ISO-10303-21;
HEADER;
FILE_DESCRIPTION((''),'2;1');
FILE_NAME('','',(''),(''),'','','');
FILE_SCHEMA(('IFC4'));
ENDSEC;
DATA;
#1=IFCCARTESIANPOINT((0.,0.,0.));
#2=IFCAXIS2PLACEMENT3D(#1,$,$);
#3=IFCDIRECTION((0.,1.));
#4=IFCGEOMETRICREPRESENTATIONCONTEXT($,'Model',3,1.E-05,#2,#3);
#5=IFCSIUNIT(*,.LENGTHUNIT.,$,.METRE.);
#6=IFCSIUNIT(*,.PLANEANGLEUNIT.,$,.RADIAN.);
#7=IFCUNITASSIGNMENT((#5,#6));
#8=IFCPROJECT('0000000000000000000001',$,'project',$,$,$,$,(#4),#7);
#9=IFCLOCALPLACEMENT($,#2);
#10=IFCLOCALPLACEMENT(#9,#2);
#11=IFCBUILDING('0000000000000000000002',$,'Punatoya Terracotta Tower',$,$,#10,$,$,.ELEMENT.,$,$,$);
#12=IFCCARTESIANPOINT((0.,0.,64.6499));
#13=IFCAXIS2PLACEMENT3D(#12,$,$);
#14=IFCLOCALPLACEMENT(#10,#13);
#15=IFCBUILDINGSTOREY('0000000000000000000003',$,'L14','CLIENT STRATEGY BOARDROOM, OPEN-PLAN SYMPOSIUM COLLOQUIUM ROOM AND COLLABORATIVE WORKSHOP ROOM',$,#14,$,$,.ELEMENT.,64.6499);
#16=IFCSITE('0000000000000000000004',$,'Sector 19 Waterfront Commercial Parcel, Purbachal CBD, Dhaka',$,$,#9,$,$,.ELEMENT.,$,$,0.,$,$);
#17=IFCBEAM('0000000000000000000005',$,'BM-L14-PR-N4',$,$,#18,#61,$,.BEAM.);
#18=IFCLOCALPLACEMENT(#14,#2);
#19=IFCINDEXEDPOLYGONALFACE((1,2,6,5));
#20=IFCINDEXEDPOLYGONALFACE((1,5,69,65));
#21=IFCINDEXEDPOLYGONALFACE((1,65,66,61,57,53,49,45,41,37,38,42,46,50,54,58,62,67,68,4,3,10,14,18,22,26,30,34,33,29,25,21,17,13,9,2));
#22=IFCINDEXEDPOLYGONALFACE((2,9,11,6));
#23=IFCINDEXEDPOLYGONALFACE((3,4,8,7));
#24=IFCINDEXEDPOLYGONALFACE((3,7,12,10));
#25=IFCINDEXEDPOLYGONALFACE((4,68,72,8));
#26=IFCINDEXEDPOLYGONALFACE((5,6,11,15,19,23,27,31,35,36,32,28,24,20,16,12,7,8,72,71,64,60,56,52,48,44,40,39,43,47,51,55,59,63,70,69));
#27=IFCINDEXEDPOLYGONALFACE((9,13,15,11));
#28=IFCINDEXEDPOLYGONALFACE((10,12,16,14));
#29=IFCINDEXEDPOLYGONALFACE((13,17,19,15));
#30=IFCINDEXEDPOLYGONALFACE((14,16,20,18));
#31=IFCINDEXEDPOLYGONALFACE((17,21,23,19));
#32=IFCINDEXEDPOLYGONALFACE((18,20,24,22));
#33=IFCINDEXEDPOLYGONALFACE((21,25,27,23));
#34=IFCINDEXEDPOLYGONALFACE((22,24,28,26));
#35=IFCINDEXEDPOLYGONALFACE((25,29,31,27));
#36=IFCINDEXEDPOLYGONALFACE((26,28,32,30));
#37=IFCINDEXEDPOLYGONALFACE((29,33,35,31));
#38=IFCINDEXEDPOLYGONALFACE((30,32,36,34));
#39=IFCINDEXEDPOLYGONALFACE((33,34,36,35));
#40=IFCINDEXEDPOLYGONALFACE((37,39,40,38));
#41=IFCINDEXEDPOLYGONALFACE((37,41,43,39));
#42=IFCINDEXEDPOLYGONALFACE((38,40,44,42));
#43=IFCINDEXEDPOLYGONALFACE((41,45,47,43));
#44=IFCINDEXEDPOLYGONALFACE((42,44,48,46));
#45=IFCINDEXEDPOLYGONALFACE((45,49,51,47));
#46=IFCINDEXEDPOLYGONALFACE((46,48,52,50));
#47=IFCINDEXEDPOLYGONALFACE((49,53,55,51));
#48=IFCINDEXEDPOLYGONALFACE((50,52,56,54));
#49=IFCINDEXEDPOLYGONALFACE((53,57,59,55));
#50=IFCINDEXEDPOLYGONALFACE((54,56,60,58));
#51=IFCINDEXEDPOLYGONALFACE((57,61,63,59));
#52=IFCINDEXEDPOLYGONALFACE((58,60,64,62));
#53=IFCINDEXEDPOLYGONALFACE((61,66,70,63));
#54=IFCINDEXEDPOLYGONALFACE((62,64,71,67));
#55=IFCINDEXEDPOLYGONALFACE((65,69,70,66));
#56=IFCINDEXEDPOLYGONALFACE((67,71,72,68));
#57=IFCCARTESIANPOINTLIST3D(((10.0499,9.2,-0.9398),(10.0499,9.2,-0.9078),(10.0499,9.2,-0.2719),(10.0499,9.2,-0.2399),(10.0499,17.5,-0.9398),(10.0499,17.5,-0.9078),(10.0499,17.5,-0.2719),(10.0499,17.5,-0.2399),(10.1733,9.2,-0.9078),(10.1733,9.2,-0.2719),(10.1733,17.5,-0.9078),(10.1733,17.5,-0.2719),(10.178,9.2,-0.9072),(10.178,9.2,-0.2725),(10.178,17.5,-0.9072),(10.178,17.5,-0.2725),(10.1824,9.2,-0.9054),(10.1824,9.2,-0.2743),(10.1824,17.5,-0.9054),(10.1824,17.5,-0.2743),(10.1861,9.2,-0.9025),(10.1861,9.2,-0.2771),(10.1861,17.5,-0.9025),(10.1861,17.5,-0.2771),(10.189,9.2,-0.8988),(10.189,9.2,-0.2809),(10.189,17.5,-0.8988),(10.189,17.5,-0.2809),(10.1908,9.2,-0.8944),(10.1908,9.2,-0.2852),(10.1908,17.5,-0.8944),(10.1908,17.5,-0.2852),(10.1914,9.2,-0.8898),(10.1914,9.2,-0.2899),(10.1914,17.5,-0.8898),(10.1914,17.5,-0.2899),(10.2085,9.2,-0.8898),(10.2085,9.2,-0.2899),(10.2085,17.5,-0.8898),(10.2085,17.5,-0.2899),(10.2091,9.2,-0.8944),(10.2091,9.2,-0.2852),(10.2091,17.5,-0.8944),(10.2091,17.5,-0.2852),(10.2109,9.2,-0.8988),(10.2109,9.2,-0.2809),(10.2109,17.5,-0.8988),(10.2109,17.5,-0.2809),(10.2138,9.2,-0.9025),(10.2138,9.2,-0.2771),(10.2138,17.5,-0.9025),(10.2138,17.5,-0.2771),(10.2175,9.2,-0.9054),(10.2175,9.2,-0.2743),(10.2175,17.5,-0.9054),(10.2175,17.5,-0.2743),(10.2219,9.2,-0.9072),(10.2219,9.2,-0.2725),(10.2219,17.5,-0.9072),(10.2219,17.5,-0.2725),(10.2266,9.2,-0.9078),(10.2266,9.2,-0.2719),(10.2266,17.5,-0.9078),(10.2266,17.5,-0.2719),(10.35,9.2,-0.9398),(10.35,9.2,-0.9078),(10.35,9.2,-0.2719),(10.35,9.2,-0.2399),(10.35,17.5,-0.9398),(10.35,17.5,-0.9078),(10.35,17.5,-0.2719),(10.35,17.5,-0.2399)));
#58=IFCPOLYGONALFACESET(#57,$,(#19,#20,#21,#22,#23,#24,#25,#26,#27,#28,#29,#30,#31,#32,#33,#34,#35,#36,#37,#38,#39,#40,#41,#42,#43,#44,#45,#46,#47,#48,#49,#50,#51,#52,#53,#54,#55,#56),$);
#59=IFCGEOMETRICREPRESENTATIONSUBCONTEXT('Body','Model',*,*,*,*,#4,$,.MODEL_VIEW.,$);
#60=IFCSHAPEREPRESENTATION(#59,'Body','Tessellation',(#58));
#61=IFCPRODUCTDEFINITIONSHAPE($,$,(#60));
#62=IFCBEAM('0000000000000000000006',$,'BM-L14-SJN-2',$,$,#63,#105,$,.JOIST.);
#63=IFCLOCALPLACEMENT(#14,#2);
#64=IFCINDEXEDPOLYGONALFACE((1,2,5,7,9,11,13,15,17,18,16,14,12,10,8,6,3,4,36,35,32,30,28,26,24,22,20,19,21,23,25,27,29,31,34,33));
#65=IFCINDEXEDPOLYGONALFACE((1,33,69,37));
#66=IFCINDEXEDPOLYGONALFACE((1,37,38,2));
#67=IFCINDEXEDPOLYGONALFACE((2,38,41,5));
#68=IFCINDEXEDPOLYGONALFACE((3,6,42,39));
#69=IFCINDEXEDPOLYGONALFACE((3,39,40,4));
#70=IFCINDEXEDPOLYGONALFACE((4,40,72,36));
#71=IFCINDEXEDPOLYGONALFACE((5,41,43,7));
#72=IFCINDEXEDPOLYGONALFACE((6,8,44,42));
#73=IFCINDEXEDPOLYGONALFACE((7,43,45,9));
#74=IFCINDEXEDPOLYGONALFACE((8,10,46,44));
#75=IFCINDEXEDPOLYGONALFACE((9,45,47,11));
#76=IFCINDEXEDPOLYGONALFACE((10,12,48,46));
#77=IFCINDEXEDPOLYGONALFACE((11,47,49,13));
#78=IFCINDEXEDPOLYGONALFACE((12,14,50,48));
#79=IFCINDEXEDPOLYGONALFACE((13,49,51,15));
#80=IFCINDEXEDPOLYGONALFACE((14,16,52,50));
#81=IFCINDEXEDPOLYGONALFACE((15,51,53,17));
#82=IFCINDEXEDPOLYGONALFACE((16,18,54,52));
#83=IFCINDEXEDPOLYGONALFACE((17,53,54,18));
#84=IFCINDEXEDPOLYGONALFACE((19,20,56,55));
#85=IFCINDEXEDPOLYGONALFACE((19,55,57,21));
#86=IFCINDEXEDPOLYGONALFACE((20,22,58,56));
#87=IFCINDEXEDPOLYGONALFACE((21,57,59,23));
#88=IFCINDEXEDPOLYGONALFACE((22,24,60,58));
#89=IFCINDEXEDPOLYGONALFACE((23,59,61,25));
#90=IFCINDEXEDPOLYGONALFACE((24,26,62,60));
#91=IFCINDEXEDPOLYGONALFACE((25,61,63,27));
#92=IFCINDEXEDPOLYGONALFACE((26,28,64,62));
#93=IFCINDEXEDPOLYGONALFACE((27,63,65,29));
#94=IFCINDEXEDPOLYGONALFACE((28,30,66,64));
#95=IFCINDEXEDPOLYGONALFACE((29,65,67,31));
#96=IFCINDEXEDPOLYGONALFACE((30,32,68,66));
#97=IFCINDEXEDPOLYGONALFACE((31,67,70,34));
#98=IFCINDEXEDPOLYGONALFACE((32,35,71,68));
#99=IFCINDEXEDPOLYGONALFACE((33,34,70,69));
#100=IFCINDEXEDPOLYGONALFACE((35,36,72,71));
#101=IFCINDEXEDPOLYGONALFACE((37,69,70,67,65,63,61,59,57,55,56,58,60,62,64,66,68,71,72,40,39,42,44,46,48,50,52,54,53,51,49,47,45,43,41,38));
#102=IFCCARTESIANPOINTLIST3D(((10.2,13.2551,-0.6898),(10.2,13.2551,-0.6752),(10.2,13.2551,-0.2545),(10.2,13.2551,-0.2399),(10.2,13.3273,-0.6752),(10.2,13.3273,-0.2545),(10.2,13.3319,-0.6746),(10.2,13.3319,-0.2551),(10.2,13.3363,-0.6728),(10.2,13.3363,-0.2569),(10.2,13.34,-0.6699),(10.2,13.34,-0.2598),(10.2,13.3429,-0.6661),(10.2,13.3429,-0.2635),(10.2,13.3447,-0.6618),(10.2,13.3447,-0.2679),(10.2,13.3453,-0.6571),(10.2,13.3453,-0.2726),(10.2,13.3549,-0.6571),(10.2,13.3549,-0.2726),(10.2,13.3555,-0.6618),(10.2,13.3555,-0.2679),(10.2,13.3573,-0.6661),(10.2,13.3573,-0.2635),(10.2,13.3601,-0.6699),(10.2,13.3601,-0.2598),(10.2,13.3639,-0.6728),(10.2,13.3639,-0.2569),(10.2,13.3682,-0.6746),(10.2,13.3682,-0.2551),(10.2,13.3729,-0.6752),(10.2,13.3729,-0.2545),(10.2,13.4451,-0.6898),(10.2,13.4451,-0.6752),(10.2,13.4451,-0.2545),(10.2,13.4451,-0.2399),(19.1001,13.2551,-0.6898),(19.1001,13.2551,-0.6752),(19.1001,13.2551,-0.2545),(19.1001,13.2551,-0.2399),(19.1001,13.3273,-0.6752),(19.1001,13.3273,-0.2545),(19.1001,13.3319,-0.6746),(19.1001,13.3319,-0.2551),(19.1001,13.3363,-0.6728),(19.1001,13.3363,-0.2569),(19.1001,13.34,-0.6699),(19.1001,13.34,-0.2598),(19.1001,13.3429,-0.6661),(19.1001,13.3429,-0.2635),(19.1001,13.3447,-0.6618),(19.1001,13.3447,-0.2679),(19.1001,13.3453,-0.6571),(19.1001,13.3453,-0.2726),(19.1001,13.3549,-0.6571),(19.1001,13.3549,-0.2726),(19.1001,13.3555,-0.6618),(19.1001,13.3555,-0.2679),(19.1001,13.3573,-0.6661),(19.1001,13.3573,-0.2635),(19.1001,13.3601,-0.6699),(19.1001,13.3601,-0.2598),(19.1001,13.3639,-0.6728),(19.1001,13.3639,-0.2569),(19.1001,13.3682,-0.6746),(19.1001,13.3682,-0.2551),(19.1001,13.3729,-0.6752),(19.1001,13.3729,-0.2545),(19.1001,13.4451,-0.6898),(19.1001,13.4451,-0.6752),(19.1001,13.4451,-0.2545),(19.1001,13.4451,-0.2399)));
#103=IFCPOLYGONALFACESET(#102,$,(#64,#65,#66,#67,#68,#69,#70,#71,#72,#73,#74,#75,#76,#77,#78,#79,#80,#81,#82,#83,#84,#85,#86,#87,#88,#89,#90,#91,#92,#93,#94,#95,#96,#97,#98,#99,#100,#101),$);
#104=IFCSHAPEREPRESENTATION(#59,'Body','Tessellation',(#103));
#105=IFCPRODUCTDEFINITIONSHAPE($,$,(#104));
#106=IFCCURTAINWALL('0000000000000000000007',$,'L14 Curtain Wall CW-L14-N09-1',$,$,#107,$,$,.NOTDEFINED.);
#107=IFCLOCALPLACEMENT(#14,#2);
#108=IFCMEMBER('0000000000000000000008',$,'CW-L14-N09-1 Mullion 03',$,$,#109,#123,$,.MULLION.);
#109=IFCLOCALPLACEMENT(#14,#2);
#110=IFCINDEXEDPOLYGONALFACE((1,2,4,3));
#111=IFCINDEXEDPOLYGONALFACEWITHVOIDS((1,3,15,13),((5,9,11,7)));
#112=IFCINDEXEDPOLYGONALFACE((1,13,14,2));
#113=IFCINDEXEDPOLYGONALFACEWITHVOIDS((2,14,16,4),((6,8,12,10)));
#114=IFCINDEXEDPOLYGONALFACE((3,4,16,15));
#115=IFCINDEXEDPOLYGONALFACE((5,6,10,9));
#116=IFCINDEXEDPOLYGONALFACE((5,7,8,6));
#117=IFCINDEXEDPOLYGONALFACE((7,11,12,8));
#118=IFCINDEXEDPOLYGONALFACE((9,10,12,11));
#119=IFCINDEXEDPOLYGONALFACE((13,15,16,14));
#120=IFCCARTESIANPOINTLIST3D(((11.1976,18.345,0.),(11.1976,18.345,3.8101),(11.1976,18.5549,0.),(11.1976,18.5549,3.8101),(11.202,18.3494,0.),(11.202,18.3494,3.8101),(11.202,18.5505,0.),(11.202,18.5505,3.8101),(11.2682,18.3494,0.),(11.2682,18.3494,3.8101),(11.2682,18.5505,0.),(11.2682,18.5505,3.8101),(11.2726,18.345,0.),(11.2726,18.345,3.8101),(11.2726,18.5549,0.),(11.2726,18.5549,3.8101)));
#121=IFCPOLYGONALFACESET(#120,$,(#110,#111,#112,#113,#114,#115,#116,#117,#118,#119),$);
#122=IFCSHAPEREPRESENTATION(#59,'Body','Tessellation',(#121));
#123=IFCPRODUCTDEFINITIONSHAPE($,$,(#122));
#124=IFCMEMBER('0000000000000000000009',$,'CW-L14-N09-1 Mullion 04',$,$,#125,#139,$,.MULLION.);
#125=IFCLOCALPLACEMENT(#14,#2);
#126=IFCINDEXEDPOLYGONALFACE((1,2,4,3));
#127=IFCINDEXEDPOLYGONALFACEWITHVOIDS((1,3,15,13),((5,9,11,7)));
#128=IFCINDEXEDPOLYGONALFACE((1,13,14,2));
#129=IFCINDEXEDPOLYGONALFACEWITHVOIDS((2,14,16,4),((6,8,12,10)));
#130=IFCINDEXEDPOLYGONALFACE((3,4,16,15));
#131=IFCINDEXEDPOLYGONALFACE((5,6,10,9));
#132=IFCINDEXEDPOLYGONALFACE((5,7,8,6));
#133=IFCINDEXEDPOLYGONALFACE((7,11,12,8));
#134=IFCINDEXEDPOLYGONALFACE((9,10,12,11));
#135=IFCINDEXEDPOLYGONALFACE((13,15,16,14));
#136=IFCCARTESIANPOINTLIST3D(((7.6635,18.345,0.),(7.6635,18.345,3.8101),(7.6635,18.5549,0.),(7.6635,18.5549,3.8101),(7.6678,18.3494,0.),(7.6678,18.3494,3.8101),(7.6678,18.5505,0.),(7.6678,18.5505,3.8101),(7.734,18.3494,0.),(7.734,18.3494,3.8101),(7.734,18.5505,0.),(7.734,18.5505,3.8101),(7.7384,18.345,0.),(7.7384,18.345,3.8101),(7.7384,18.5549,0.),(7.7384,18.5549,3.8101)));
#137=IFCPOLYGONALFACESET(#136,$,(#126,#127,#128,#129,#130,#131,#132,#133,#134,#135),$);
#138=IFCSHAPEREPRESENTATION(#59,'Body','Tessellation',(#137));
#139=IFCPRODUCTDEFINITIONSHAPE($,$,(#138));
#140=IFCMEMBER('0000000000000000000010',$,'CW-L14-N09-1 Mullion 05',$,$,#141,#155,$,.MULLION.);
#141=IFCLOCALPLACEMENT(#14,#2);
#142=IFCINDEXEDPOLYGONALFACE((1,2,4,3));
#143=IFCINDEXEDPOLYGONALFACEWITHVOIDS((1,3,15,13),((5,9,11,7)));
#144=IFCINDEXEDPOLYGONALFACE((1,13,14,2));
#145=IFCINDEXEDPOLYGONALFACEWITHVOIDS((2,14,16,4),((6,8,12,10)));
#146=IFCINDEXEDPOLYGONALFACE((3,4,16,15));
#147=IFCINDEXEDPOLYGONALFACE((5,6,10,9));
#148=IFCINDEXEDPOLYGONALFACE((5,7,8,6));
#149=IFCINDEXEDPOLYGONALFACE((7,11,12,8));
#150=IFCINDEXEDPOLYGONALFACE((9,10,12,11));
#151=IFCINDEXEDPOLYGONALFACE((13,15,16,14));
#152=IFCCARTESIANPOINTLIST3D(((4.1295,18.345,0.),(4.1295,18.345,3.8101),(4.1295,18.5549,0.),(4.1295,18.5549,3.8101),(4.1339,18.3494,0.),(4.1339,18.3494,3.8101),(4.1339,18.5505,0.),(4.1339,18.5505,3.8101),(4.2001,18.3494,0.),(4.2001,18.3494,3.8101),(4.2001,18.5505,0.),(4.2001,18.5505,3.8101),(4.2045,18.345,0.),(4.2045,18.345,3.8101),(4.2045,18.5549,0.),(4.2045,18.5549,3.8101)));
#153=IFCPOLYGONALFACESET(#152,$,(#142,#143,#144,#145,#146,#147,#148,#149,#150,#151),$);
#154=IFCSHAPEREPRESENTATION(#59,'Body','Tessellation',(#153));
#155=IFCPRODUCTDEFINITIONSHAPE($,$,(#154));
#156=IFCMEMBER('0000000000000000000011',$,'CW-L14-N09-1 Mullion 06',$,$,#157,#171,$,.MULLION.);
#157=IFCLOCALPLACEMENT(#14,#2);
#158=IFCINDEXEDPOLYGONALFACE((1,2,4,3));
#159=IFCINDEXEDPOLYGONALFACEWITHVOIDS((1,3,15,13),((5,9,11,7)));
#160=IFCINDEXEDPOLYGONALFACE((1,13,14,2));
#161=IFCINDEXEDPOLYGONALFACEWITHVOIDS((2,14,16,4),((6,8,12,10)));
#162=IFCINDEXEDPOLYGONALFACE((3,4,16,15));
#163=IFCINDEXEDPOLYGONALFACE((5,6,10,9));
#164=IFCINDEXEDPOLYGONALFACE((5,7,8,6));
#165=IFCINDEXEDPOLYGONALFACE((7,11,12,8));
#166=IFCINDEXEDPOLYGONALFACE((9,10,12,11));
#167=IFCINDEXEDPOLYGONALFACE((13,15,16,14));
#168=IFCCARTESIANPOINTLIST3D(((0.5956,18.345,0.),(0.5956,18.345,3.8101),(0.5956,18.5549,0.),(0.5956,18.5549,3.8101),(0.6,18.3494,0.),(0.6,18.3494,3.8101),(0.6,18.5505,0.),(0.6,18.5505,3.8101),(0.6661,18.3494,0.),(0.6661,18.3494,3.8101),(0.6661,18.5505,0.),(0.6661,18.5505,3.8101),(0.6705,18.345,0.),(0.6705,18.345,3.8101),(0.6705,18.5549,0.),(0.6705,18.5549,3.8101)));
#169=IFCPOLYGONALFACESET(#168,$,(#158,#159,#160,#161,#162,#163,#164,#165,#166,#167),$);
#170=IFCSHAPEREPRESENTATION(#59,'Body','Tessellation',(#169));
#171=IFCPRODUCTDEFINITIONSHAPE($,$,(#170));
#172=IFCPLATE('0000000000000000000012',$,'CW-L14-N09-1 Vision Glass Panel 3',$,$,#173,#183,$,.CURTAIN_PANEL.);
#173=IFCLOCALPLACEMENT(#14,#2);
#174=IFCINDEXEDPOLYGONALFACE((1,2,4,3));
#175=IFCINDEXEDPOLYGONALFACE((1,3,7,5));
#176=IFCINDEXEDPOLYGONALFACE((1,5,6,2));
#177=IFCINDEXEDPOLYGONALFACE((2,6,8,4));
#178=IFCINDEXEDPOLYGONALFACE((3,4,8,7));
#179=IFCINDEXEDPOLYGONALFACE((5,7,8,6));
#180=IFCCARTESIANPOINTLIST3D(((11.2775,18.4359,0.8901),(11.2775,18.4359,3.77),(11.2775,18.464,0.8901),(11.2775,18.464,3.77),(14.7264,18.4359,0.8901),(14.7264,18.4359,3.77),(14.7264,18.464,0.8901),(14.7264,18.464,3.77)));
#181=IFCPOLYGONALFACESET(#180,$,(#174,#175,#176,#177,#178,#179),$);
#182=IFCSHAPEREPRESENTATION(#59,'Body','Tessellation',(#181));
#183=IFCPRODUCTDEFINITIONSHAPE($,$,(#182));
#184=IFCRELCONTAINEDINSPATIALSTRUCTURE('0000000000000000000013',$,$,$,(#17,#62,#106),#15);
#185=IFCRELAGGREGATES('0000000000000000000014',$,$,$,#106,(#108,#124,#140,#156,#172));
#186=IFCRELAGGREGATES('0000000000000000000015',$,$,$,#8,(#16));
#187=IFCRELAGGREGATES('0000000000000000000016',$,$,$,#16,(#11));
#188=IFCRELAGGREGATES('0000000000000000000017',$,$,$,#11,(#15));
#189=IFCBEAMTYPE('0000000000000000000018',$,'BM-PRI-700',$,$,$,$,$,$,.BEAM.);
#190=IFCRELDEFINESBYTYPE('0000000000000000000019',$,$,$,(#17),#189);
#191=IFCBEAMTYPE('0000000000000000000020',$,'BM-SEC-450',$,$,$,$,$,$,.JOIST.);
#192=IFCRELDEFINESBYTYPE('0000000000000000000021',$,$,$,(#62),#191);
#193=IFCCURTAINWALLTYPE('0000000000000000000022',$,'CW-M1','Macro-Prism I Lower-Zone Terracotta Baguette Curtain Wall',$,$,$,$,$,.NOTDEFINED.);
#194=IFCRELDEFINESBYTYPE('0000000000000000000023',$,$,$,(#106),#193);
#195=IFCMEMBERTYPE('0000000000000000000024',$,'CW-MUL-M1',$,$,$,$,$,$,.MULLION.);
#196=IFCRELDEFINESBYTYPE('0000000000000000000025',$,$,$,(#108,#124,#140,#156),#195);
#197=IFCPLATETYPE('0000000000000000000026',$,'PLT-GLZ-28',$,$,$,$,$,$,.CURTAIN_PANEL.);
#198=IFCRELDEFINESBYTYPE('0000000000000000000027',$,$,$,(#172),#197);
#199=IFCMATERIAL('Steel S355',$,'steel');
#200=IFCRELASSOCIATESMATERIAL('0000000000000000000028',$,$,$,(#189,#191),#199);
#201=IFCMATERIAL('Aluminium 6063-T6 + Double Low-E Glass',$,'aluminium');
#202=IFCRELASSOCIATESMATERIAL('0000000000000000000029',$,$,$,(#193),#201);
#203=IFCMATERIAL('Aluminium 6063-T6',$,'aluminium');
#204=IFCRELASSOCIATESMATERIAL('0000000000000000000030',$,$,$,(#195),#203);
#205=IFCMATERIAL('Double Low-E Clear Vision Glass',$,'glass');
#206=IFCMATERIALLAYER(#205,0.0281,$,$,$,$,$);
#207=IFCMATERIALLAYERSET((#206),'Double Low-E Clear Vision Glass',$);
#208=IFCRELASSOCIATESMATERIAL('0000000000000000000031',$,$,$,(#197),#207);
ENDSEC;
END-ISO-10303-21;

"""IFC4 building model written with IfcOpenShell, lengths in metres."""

from ifc_helpers import new_model, si_unit, direction, frame, origin, origin_2d, place, context, subcontext, project, spatial, rectangle, hollow_rectangle, i_section, extrude, material, layer, layer_set, material_profile, profile_set, type_object, element, aggregate, save


model = new_model("IFC4")

# Units and contexts
model_context = context("Model", 3, precision=1e-05, world=origin(), true_north=direction((0.0, 1.0)))
body_context = subcontext(model_context, "Body", "Model", "MODEL_VIEW")
ifc_project = project(units=[si_unit("LENGTHUNIT", "METRE"), si_unit("PLANEANGLEUNIT", "RADIAN")], contexts=[model_context])

# Site, building, storey
site_placement = place(None, origin())
site = spatial("IfcSite", under=ifc_project, at=site_placement, Name="Sector 19 Waterfront Commercial Parcel, Purbachal CBD, Dhaka", CompositionType="ELEMENT", RefElevation=0.0)
building_placement = place(site_placement, origin())
building = spatial("IfcBuilding", under=site, at=building_placement, Name="Punatoya Terracotta Tower", CompositionType="ELEMENT")
storey_placement = place(building_placement, frame((0.0, 0.0, 64.6499)))
storey = spatial("IfcBuildingStorey", under=building, at=storey_placement, Name="L14", Description="CLIENT STRATEGY BOARDROOM, OPEN-PLAN SYMPOSIUM COLLOQUIUM ROOM AND COLLABORATIVE WORKSHOP ROOM", CompositionType="ELEMENT", Elevation=64.6499)

# Beams
ifc_material_1 = material(Name="Steel S355", Category="steel")
ifc_material_profile_1 = material_profile(ifc_material_1, i_section(OverallWidth=0.3, OverallDepth=0.7, WebThickness=0.0171, FlangeThickness=0.032, FilletRadius=0.0181, at=origin_2d()))
ifc_profile_set_1 = profile_set([ifc_material_profile_1], Name="Steel S355")
beam_type_1 = type_object("IfcBeamType", Name="BM-PRI-700", PredefinedType="BEAM", material=ifc_profile_set_1)
for number, where, z_axis, x_axis, name in (
    (1, (10.2, 9.2, -0.5898), (0.0, 1.0, 0.0), (-1.0, 0.0, 0.0), "BM-L14-PR-N4"),
):
    element("IfcBeam", number, at=place(storey_placement, frame(where, z_axis=z_axis, x_axis=x_axis)), inside=storey, type_object=beam_type_1, Name=name, PredefinedType="BEAM", context=body_context, shape_type="SweptSolid", body=[
        extrude(i_section(OverallWidth=0.3, OverallDepth=0.7, WebThickness=0.0171, FlangeThickness=0.032, FilletRadius=0.0181, at=origin_2d()), origin(), (0.0, 0.0, 1.0), 8.3),
    ])
ifc_material_profile_2 = material_profile(ifc_material_1, i_section(OverallWidth=0.1899, OverallDepth=0.45, WebThickness=0.0095, FlangeThickness=0.0146, FilletRadius=0.0181, at=origin_2d()))
ifc_profile_set_2 = profile_set([ifc_material_profile_2], Name="Steel S355")
beam_type_2 = type_object("IfcBeamType", Name="BM-SEC-450", PredefinedType="JOIST", material=ifc_profile_set_2)
beam_1_placement = place(storey_placement, frame((10.2, 13.3501, -0.4648), z_axis=(1.0, 0.0, 0.0), x_axis=(0.0, 1.0, 0.0)))
element("IfcBeam", 2, at=beam_1_placement, inside=storey, type_object=beam_type_2, Name="BM-L14-SJN-2", PredefinedType="JOIST", context=body_context, shape_type="SweptSolid", body=[
    extrude(i_section(OverallWidth=0.1899, OverallDepth=0.45, WebThickness=0.0095, FlangeThickness=0.0146, FilletRadius=0.0181, at=origin_2d()), origin(), (0.0, 0.0, 1.0), 8.9001),
])

# Curtain wall, members, plate
ifc_material_2 = material(Name="Aluminium 6063-T6 + Double Low-E Glass", Category="aluminium")
curtain_wall_type = type_object("IfcCurtainWallType", Name="CW-M1", Description="Macro-Prism I Lower-Zone Terracotta Baguette Curtain Wall", PredefinedType="NOTDEFINED", material=ifc_material_2)
curtain_wall_placement = place(storey_placement, origin())
curtain_wall = element("IfcCurtainWall", 3, at=curtain_wall_placement, inside=storey, type_object=curtain_wall_type, Name="L14 Curtain Wall CW-L14-N09-1", PredefinedType="NOTDEFINED")
ifc_material_3 = material(Name="Aluminium 6063-T6", Category="aluminium")
ifc_material_profile_3 = material_profile(ifc_material_3, hollow_rectangle(XDim=0.075, YDim=0.21, WallThickness=0.0044, at=origin_2d()))
ifc_profile_set_3 = profile_set([ifc_material_profile_3], Name="Aluminium 6063-T6")
member_type = type_object("IfcMemberType", Name="CW-MUL-M1", PredefinedType="MULLION", material=ifc_profile_set_3)
member_1_placement = place(storey_placement, frame((11.2351, 18.45, 0.0), z_axis=(0.0, 0.0, 1.0), x_axis=(1.0, 0.0, 0.0)))
member_1 = element("IfcMember", 4, at=member_1_placement, type_object=member_type, Name="CW-L14-N09-1 Mullion 03", PredefinedType="MULLION", context=body_context, shape_type="SweptSolid", body=[
    extrude(hollow_rectangle(XDim=0.075, YDim=0.21, WallThickness=0.0044, at=origin_2d()), origin(), (0.0, 0.0, 1.0), 3.8101),
])
member_2_placement = place(storey_placement, frame((7.7009, 18.45, 0.0), z_axis=(0.0, 0.0, 1.0), x_axis=(1.0, 0.0, 0.0)))
member_2 = element("IfcMember", 5, at=member_2_placement, type_object=member_type, Name="CW-L14-N09-1 Mullion 04", PredefinedType="MULLION", context=body_context, shape_type="SweptSolid", body=[
    extrude(hollow_rectangle(XDim=0.075, YDim=0.21, WallThickness=0.0044, at=origin_2d()), origin(), (0.0, 0.0, 1.0), 3.8101),
])
member_3_placement = place(storey_placement, frame((4.167, 18.45, 0.0), z_axis=(0.0, 0.0, 1.0), x_axis=(1.0, 0.0, 0.0)))
member_3 = element("IfcMember", 6, at=member_3_placement, type_object=member_type, Name="CW-L14-N09-1 Mullion 05", PredefinedType="MULLION", context=body_context, shape_type="SweptSolid", body=[
    extrude(hollow_rectangle(XDim=0.075, YDim=0.21, WallThickness=0.0044, at=origin_2d()), origin(), (0.0, 0.0, 1.0), 3.8101),
])
member_4_placement = place(storey_placement, frame((0.6331, 18.45, 0.0), z_axis=(0.0, 0.0, 1.0), x_axis=(1.0, 0.0, 0.0)))
member_4 = element("IfcMember", 7, at=member_4_placement, type_object=member_type, Name="CW-L14-N09-1 Mullion 06", PredefinedType="MULLION", context=body_context, shape_type="SweptSolid", body=[
    extrude(hollow_rectangle(XDim=0.075, YDim=0.21, WallThickness=0.0044, at=origin_2d()), origin(), (0.0, 0.0, 1.0), 3.8101),
])
ifc_material_4 = material(Name="Double Low-E Clear Vision Glass", Category="glass")
ifc_layer_1 = layer(ifc_material_4, 0.0281)
ifc_layer_set_1 = layer_set([ifc_layer_1], Name="Double Low-E Clear Vision Glass")
plate_type_1 = type_object("IfcPlateType", Name="PLT-GLZ-28", PredefinedType="CURTAIN_PANEL", material=ifc_layer_set_1)
plate_1_placement = place(storey_placement, frame((13.002, 18.45, 0.8901), z_axis=(0.0, 0.0, 1.0), x_axis=(-1.0, 0.0, 0.0)))
plate_1 = element("IfcPlate", 8, at=plate_1_placement, type_object=plate_type_1, Name="CW-L14-N09-1 Vision Glass Panel 3", PredefinedType="CURTAIN_PANEL", context=body_context, shape_type="SweptSolid", body=[
    extrude(rectangle(XDim=3.449, YDim=0.0281, at=origin_2d()), origin(), (0.0, 0.0, 1.0), 2.8799),
])
aggregate(curtain_wall, [member_1, member_2, member_3, member_4, plate_1])

save(model, "model.ifc")
